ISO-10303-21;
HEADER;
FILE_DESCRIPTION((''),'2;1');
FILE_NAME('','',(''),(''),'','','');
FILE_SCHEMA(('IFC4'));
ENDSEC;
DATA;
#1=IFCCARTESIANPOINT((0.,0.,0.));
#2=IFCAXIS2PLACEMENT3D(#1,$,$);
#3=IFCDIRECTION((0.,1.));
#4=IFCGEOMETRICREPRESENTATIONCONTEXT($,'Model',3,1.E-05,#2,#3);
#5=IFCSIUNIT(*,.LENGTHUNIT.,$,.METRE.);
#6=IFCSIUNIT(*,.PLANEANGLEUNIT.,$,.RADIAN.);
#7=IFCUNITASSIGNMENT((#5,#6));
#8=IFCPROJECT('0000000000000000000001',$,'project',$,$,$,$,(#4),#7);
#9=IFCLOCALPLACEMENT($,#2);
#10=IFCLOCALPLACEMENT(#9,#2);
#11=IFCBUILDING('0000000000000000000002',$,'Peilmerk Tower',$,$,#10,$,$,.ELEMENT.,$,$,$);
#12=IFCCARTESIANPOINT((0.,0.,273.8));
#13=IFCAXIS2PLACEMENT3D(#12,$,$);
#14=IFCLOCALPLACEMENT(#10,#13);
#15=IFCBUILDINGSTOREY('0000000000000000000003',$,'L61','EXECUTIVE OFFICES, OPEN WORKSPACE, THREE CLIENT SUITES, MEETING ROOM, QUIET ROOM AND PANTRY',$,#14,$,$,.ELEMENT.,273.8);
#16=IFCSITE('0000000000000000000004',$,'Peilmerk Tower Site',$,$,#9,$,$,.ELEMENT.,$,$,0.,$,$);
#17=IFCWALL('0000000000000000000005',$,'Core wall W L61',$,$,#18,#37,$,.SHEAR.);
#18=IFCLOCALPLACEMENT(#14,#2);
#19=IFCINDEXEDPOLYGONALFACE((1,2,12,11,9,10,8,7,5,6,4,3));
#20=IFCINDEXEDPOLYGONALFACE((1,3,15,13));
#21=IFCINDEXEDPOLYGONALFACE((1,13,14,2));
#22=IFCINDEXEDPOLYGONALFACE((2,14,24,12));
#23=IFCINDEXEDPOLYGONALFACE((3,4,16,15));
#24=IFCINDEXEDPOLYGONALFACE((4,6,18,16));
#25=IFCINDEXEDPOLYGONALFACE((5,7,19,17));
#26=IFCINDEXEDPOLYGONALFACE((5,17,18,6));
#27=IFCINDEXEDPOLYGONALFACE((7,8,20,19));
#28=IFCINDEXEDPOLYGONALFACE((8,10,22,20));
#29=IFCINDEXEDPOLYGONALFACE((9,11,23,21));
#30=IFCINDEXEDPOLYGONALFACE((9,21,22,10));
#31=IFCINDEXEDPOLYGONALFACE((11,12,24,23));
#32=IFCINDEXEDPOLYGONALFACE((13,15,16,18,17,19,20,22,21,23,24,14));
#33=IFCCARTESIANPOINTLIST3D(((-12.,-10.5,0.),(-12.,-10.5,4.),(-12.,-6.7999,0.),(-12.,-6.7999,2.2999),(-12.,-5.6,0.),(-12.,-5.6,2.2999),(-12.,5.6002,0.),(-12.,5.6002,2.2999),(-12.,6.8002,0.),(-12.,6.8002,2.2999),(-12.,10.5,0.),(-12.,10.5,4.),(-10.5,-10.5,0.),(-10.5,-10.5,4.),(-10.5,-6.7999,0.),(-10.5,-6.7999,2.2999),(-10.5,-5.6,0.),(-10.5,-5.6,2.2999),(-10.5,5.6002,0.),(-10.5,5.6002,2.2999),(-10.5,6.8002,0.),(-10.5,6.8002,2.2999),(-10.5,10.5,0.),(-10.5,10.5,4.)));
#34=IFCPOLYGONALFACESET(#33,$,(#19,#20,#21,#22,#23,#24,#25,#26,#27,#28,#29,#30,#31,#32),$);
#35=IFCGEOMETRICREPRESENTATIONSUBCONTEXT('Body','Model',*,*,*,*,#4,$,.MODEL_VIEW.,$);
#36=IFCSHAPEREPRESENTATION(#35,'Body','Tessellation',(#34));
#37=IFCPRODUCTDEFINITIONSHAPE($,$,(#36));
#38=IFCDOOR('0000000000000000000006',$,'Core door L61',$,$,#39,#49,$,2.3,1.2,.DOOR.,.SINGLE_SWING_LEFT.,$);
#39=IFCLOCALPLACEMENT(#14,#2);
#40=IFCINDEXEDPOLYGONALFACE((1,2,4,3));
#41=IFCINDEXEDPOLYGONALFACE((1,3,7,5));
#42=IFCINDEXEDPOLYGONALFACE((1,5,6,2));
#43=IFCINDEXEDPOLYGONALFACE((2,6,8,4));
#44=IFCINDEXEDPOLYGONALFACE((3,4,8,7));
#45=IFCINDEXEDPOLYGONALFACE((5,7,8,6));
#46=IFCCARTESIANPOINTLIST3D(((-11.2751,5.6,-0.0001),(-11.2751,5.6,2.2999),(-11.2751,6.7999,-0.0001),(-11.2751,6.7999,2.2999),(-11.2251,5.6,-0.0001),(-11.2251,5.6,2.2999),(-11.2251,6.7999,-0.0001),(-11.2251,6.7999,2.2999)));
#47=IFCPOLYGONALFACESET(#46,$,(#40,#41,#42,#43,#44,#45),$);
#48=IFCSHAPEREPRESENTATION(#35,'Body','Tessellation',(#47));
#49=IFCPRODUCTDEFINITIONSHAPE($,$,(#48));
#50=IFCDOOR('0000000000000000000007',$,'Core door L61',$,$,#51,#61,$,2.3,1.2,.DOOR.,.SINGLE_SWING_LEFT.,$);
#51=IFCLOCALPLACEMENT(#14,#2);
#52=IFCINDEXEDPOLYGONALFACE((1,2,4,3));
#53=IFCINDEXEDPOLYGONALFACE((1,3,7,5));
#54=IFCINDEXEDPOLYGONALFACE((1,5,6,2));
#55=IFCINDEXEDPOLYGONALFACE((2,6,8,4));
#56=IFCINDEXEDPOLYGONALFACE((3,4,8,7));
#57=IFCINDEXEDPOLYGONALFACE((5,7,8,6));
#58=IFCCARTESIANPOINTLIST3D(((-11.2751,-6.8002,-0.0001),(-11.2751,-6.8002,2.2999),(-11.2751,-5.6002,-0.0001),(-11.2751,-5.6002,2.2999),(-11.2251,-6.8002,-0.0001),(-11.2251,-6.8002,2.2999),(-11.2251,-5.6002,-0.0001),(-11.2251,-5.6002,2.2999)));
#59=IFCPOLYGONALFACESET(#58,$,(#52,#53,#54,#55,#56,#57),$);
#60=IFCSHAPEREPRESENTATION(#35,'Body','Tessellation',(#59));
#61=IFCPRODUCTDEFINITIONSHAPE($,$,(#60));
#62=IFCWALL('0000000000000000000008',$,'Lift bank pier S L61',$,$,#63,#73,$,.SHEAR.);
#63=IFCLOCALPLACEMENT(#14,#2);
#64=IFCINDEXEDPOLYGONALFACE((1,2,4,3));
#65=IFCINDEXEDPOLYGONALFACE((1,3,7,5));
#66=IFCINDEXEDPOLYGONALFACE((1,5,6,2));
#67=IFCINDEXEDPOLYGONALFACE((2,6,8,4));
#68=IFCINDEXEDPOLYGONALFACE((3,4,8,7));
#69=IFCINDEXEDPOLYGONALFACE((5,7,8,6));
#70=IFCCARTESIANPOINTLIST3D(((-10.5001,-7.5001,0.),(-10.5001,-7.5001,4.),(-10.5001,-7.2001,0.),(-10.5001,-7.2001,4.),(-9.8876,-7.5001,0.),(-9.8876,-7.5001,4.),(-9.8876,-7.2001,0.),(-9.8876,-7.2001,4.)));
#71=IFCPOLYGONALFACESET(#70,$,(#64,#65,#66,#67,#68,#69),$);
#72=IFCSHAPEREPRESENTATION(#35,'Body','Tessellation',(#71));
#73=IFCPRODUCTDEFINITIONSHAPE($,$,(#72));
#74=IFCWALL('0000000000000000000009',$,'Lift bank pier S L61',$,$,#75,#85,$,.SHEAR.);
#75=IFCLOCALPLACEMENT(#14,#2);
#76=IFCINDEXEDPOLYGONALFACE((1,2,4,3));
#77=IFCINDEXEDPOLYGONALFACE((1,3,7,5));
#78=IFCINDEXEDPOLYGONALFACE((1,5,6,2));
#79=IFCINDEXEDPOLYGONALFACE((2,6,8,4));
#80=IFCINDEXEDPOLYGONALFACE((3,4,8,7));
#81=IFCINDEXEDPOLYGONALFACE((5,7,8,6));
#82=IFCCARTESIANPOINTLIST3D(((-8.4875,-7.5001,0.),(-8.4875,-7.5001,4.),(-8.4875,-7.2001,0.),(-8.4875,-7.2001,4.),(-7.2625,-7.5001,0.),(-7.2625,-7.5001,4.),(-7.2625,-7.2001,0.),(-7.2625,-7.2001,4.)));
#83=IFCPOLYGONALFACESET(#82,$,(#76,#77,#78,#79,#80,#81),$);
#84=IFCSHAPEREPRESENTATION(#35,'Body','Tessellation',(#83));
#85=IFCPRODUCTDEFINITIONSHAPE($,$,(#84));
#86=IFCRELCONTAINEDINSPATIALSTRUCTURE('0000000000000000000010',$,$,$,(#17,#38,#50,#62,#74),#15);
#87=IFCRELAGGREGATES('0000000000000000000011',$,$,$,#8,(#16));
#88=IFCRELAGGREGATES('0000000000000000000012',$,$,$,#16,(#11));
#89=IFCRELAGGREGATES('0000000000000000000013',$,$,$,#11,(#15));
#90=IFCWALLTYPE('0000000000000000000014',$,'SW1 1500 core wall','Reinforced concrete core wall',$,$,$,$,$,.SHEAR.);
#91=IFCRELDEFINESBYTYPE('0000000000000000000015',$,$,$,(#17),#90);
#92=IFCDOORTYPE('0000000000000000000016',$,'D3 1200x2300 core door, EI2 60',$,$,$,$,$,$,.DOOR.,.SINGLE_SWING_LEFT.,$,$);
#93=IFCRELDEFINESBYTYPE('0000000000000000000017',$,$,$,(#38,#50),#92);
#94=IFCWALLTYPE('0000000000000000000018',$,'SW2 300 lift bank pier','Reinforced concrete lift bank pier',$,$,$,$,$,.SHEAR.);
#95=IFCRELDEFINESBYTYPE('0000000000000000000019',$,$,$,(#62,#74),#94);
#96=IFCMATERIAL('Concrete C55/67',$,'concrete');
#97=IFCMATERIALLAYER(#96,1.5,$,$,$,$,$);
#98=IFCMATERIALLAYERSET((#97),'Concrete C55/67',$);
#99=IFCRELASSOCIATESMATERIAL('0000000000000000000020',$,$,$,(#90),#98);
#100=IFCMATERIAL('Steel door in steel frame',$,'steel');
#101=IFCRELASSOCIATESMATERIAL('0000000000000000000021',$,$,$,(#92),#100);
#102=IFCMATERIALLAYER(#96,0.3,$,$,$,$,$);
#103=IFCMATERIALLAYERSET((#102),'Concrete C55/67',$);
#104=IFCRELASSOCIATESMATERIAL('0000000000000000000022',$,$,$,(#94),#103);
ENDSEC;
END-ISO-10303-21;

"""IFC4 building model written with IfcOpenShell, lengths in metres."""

from ifc_helpers import new_model, si_unit, direction, frame, frame_2d, origin, place, context, subcontext, project, spatial, rectangle, extrude, material, layer, layer_set, type_object, element, fill, save


model = new_model("IFC4")

# Units and contexts
model_context = context("Model", 3, precision=1e-05, world=origin(), true_north=direction((0.0, 1.0)))
body_context = subcontext(model_context, "Body", "Model", "MODEL_VIEW")
ifc_project = project(units=[si_unit("LENGTHUNIT", "METRE"), si_unit("PLANEANGLEUNIT", "RADIAN")], contexts=[model_context])

# Site, building, storey
site_placement = place(None, origin())
site = spatial("IfcSite", under=ifc_project, at=site_placement, Name="Peilmerk Tower Site", CompositionType="ELEMENT", RefElevation=0.0)
building_placement = place(site_placement, origin())
building = spatial("IfcBuilding", under=site, at=building_placement, Name="Peilmerk Tower", CompositionType="ELEMENT")
storey_placement = place(building_placement, frame((0.0, 0.0, 273.8)))
storey = spatial("IfcBuildingStorey", under=building, at=storey_placement, Name="L61", Description="EXECUTIVE OFFICES, OPEN WORKSPACE, THREE CLIENT SUITES, MEETING ROOM, QUIET ROOM AND PANTRY", CompositionType="ELEMENT", Elevation=273.8)

# Wall, openings, doors
ifc_material_1 = material(Name="Concrete C55/67", Category="concrete")
ifc_layer_1 = layer(ifc_material_1, 1.5)
ifc_layer_set_1 = layer_set([ifc_layer_1], Name="Concrete C55/67")
wall_type_1 = type_object("IfcWallType", Name="SW1 1500 core wall", Description="Reinforced concrete core wall", PredefinedType="SHEAR", material=ifc_layer_set_1)
wall_1_placement = place(storey_placement, frame((-11.25, -10.5, 0.0), z_axis=(0.0, 0.0, 1.0), x_axis=(0.0, 1.0, 0.0)))
wall_1 = element("IfcWall", 1, at=wall_1_placement, inside=storey, type_object=wall_type_1, Name="Core wall W L61", PredefinedType="SHEAR", context=body_context, shape_type="SweptSolid", body=[
    extrude(rectangle(XDim=21.0, YDim=1.5, at=frame_2d((10.5, 0.0))), origin(), (0.0, 0.0, 1.0), 4.0),
])
opening_1_placement = place(wall_1_placement, frame((16.1001, 0.0, 0.0)))
opening_1 = element("IfcOpeningElement", 2, at=opening_1_placement, cuts=wall_1, PredefinedType="OPENING", context=body_context, shape_type="SweptSolid", body=[
    extrude(rectangle(XDim=1.2, YDim=2.3, at=frame_2d((0.6001, 1.1499))), frame((0.0, 0.76, 0.0), z_axis=(0.0, -1.0, 0.0), x_axis=(1.0, 0.0, 0.0)), (0.0, 0.0, 1.0), 1.52),
])
opening_2_placement = place(wall_1_placement, frame((3.7, 0.0, 0.0)))
opening_2 = element("IfcOpeningElement", 3, at=opening_2_placement, cuts=wall_1, PredefinedType="OPENING", context=body_context, shape_type="SweptSolid", body=[
    extrude(rectangle(XDim=1.2, YDim=2.3, at=frame_2d((0.6001, 1.1499))), frame((0.0, 0.76, 0.0), z_axis=(0.0, -1.0, 0.0), x_axis=(1.0, 0.0, 0.0)), (0.0, 0.0, 1.0), 1.52),
])
ifc_material_2 = material(Name="Steel door in steel frame", Category="steel")
door_type_1 = type_object("IfcDoorType", Name="D3 1200x2300 core door, EI2 60", OperationType="SINGLE_SWING_LEFT", PredefinedType="DOOR", material=ifc_material_2)
door_1_placement = place(opening_1_placement, frame((1.2, 0.0, 0.0), z_axis=(0.0, 0.0, 1.0), x_axis=(-1.0, 0.0, 0.0)))
door_1 = element("IfcDoor", 4, at=door_1_placement, inside=storey, type_object=door_type_1, Name="Core door L61", OperationType="SINGLE_SWING_LEFT", OverallHeight=2.3, OverallWidth=1.2, PredefinedType="DOOR", context=body_context, shape_type="SweptSolid", body=[
    extrude(rectangle(XDim=1.2, YDim=2.3, at=frame_2d((0.6001, 1.1499))), frame((0.0, 0.0249, 0.0), z_axis=(0.0, -1.0, 0.0), x_axis=(1.0, 0.0, 0.0)), (0.0, 0.0, 1.0), 0.05),
])
fill(opening_1, door_1)
door_2_placement = place(opening_2_placement, frame((1.2, 0.0, 0.0), z_axis=(0.0, 0.0, 1.0), x_axis=(-1.0, 0.0, 0.0)))
door_2 = element("IfcDoor", 5, at=door_2_placement, inside=storey, type_object=door_type_1, Name="Core door L61", OperationType="SINGLE_SWING_LEFT", OverallHeight=2.3, OverallWidth=1.2, PredefinedType="DOOR", context=body_context, shape_type="SweptSolid", body=[
    extrude(rectangle(XDim=1.2, YDim=2.3, at=frame_2d((0.6001, 1.1499))), frame((0.0, 0.0249, 0.0), z_axis=(0.0, -1.0, 0.0), x_axis=(1.0, 0.0, 0.0)), (0.0, 0.0, 1.0), 0.05),
])
fill(opening_2, door_2)

# Walls
ifc_layer_2 = layer(ifc_material_1, 0.3)
ifc_layer_set_2 = layer_set([ifc_layer_2], Name="Concrete C55/67")
wall_type_2 = type_object("IfcWallType", Name="SW2 300 lift bank pier", Description="Reinforced concrete lift bank pier", PredefinedType="SHEAR", material=ifc_layer_set_2)
wall_2_placement = place(storey_placement, frame((-10.5, -7.3501, 0.0), z_axis=(0.0, 0.0, 1.0), x_axis=(1.0, 0.0, 0.0)))
element("IfcWall", 6, at=wall_2_placement, inside=storey, type_object=wall_type_2, Name="Lift bank pier S L61", PredefinedType="SHEAR", context=body_context, shape_type="SweptSolid", body=[
    extrude(rectangle(XDim=0.6125, YDim=0.3, at=frame_2d((0.3062, 0.0))), origin(), (0.0, 0.0, 1.0), 4.0),
])
wall_3_placement = place(storey_placement, frame((-8.4875, -7.3501, 0.0), z_axis=(0.0, 0.0, 1.0), x_axis=(1.0, 0.0, 0.0)))
element("IfcWall", 7, at=wall_3_placement, inside=storey, type_object=wall_type_2, Name="Lift bank pier S L61", PredefinedType="SHEAR", context=body_context, shape_type="SweptSolid", body=[
    extrude(rectangle(XDim=1.2251, YDim=0.3, at=frame_2d((0.6125, 0.0))), origin(), (0.0, 0.0, 1.0), 4.0),
])

save(model, "model.ifc")
